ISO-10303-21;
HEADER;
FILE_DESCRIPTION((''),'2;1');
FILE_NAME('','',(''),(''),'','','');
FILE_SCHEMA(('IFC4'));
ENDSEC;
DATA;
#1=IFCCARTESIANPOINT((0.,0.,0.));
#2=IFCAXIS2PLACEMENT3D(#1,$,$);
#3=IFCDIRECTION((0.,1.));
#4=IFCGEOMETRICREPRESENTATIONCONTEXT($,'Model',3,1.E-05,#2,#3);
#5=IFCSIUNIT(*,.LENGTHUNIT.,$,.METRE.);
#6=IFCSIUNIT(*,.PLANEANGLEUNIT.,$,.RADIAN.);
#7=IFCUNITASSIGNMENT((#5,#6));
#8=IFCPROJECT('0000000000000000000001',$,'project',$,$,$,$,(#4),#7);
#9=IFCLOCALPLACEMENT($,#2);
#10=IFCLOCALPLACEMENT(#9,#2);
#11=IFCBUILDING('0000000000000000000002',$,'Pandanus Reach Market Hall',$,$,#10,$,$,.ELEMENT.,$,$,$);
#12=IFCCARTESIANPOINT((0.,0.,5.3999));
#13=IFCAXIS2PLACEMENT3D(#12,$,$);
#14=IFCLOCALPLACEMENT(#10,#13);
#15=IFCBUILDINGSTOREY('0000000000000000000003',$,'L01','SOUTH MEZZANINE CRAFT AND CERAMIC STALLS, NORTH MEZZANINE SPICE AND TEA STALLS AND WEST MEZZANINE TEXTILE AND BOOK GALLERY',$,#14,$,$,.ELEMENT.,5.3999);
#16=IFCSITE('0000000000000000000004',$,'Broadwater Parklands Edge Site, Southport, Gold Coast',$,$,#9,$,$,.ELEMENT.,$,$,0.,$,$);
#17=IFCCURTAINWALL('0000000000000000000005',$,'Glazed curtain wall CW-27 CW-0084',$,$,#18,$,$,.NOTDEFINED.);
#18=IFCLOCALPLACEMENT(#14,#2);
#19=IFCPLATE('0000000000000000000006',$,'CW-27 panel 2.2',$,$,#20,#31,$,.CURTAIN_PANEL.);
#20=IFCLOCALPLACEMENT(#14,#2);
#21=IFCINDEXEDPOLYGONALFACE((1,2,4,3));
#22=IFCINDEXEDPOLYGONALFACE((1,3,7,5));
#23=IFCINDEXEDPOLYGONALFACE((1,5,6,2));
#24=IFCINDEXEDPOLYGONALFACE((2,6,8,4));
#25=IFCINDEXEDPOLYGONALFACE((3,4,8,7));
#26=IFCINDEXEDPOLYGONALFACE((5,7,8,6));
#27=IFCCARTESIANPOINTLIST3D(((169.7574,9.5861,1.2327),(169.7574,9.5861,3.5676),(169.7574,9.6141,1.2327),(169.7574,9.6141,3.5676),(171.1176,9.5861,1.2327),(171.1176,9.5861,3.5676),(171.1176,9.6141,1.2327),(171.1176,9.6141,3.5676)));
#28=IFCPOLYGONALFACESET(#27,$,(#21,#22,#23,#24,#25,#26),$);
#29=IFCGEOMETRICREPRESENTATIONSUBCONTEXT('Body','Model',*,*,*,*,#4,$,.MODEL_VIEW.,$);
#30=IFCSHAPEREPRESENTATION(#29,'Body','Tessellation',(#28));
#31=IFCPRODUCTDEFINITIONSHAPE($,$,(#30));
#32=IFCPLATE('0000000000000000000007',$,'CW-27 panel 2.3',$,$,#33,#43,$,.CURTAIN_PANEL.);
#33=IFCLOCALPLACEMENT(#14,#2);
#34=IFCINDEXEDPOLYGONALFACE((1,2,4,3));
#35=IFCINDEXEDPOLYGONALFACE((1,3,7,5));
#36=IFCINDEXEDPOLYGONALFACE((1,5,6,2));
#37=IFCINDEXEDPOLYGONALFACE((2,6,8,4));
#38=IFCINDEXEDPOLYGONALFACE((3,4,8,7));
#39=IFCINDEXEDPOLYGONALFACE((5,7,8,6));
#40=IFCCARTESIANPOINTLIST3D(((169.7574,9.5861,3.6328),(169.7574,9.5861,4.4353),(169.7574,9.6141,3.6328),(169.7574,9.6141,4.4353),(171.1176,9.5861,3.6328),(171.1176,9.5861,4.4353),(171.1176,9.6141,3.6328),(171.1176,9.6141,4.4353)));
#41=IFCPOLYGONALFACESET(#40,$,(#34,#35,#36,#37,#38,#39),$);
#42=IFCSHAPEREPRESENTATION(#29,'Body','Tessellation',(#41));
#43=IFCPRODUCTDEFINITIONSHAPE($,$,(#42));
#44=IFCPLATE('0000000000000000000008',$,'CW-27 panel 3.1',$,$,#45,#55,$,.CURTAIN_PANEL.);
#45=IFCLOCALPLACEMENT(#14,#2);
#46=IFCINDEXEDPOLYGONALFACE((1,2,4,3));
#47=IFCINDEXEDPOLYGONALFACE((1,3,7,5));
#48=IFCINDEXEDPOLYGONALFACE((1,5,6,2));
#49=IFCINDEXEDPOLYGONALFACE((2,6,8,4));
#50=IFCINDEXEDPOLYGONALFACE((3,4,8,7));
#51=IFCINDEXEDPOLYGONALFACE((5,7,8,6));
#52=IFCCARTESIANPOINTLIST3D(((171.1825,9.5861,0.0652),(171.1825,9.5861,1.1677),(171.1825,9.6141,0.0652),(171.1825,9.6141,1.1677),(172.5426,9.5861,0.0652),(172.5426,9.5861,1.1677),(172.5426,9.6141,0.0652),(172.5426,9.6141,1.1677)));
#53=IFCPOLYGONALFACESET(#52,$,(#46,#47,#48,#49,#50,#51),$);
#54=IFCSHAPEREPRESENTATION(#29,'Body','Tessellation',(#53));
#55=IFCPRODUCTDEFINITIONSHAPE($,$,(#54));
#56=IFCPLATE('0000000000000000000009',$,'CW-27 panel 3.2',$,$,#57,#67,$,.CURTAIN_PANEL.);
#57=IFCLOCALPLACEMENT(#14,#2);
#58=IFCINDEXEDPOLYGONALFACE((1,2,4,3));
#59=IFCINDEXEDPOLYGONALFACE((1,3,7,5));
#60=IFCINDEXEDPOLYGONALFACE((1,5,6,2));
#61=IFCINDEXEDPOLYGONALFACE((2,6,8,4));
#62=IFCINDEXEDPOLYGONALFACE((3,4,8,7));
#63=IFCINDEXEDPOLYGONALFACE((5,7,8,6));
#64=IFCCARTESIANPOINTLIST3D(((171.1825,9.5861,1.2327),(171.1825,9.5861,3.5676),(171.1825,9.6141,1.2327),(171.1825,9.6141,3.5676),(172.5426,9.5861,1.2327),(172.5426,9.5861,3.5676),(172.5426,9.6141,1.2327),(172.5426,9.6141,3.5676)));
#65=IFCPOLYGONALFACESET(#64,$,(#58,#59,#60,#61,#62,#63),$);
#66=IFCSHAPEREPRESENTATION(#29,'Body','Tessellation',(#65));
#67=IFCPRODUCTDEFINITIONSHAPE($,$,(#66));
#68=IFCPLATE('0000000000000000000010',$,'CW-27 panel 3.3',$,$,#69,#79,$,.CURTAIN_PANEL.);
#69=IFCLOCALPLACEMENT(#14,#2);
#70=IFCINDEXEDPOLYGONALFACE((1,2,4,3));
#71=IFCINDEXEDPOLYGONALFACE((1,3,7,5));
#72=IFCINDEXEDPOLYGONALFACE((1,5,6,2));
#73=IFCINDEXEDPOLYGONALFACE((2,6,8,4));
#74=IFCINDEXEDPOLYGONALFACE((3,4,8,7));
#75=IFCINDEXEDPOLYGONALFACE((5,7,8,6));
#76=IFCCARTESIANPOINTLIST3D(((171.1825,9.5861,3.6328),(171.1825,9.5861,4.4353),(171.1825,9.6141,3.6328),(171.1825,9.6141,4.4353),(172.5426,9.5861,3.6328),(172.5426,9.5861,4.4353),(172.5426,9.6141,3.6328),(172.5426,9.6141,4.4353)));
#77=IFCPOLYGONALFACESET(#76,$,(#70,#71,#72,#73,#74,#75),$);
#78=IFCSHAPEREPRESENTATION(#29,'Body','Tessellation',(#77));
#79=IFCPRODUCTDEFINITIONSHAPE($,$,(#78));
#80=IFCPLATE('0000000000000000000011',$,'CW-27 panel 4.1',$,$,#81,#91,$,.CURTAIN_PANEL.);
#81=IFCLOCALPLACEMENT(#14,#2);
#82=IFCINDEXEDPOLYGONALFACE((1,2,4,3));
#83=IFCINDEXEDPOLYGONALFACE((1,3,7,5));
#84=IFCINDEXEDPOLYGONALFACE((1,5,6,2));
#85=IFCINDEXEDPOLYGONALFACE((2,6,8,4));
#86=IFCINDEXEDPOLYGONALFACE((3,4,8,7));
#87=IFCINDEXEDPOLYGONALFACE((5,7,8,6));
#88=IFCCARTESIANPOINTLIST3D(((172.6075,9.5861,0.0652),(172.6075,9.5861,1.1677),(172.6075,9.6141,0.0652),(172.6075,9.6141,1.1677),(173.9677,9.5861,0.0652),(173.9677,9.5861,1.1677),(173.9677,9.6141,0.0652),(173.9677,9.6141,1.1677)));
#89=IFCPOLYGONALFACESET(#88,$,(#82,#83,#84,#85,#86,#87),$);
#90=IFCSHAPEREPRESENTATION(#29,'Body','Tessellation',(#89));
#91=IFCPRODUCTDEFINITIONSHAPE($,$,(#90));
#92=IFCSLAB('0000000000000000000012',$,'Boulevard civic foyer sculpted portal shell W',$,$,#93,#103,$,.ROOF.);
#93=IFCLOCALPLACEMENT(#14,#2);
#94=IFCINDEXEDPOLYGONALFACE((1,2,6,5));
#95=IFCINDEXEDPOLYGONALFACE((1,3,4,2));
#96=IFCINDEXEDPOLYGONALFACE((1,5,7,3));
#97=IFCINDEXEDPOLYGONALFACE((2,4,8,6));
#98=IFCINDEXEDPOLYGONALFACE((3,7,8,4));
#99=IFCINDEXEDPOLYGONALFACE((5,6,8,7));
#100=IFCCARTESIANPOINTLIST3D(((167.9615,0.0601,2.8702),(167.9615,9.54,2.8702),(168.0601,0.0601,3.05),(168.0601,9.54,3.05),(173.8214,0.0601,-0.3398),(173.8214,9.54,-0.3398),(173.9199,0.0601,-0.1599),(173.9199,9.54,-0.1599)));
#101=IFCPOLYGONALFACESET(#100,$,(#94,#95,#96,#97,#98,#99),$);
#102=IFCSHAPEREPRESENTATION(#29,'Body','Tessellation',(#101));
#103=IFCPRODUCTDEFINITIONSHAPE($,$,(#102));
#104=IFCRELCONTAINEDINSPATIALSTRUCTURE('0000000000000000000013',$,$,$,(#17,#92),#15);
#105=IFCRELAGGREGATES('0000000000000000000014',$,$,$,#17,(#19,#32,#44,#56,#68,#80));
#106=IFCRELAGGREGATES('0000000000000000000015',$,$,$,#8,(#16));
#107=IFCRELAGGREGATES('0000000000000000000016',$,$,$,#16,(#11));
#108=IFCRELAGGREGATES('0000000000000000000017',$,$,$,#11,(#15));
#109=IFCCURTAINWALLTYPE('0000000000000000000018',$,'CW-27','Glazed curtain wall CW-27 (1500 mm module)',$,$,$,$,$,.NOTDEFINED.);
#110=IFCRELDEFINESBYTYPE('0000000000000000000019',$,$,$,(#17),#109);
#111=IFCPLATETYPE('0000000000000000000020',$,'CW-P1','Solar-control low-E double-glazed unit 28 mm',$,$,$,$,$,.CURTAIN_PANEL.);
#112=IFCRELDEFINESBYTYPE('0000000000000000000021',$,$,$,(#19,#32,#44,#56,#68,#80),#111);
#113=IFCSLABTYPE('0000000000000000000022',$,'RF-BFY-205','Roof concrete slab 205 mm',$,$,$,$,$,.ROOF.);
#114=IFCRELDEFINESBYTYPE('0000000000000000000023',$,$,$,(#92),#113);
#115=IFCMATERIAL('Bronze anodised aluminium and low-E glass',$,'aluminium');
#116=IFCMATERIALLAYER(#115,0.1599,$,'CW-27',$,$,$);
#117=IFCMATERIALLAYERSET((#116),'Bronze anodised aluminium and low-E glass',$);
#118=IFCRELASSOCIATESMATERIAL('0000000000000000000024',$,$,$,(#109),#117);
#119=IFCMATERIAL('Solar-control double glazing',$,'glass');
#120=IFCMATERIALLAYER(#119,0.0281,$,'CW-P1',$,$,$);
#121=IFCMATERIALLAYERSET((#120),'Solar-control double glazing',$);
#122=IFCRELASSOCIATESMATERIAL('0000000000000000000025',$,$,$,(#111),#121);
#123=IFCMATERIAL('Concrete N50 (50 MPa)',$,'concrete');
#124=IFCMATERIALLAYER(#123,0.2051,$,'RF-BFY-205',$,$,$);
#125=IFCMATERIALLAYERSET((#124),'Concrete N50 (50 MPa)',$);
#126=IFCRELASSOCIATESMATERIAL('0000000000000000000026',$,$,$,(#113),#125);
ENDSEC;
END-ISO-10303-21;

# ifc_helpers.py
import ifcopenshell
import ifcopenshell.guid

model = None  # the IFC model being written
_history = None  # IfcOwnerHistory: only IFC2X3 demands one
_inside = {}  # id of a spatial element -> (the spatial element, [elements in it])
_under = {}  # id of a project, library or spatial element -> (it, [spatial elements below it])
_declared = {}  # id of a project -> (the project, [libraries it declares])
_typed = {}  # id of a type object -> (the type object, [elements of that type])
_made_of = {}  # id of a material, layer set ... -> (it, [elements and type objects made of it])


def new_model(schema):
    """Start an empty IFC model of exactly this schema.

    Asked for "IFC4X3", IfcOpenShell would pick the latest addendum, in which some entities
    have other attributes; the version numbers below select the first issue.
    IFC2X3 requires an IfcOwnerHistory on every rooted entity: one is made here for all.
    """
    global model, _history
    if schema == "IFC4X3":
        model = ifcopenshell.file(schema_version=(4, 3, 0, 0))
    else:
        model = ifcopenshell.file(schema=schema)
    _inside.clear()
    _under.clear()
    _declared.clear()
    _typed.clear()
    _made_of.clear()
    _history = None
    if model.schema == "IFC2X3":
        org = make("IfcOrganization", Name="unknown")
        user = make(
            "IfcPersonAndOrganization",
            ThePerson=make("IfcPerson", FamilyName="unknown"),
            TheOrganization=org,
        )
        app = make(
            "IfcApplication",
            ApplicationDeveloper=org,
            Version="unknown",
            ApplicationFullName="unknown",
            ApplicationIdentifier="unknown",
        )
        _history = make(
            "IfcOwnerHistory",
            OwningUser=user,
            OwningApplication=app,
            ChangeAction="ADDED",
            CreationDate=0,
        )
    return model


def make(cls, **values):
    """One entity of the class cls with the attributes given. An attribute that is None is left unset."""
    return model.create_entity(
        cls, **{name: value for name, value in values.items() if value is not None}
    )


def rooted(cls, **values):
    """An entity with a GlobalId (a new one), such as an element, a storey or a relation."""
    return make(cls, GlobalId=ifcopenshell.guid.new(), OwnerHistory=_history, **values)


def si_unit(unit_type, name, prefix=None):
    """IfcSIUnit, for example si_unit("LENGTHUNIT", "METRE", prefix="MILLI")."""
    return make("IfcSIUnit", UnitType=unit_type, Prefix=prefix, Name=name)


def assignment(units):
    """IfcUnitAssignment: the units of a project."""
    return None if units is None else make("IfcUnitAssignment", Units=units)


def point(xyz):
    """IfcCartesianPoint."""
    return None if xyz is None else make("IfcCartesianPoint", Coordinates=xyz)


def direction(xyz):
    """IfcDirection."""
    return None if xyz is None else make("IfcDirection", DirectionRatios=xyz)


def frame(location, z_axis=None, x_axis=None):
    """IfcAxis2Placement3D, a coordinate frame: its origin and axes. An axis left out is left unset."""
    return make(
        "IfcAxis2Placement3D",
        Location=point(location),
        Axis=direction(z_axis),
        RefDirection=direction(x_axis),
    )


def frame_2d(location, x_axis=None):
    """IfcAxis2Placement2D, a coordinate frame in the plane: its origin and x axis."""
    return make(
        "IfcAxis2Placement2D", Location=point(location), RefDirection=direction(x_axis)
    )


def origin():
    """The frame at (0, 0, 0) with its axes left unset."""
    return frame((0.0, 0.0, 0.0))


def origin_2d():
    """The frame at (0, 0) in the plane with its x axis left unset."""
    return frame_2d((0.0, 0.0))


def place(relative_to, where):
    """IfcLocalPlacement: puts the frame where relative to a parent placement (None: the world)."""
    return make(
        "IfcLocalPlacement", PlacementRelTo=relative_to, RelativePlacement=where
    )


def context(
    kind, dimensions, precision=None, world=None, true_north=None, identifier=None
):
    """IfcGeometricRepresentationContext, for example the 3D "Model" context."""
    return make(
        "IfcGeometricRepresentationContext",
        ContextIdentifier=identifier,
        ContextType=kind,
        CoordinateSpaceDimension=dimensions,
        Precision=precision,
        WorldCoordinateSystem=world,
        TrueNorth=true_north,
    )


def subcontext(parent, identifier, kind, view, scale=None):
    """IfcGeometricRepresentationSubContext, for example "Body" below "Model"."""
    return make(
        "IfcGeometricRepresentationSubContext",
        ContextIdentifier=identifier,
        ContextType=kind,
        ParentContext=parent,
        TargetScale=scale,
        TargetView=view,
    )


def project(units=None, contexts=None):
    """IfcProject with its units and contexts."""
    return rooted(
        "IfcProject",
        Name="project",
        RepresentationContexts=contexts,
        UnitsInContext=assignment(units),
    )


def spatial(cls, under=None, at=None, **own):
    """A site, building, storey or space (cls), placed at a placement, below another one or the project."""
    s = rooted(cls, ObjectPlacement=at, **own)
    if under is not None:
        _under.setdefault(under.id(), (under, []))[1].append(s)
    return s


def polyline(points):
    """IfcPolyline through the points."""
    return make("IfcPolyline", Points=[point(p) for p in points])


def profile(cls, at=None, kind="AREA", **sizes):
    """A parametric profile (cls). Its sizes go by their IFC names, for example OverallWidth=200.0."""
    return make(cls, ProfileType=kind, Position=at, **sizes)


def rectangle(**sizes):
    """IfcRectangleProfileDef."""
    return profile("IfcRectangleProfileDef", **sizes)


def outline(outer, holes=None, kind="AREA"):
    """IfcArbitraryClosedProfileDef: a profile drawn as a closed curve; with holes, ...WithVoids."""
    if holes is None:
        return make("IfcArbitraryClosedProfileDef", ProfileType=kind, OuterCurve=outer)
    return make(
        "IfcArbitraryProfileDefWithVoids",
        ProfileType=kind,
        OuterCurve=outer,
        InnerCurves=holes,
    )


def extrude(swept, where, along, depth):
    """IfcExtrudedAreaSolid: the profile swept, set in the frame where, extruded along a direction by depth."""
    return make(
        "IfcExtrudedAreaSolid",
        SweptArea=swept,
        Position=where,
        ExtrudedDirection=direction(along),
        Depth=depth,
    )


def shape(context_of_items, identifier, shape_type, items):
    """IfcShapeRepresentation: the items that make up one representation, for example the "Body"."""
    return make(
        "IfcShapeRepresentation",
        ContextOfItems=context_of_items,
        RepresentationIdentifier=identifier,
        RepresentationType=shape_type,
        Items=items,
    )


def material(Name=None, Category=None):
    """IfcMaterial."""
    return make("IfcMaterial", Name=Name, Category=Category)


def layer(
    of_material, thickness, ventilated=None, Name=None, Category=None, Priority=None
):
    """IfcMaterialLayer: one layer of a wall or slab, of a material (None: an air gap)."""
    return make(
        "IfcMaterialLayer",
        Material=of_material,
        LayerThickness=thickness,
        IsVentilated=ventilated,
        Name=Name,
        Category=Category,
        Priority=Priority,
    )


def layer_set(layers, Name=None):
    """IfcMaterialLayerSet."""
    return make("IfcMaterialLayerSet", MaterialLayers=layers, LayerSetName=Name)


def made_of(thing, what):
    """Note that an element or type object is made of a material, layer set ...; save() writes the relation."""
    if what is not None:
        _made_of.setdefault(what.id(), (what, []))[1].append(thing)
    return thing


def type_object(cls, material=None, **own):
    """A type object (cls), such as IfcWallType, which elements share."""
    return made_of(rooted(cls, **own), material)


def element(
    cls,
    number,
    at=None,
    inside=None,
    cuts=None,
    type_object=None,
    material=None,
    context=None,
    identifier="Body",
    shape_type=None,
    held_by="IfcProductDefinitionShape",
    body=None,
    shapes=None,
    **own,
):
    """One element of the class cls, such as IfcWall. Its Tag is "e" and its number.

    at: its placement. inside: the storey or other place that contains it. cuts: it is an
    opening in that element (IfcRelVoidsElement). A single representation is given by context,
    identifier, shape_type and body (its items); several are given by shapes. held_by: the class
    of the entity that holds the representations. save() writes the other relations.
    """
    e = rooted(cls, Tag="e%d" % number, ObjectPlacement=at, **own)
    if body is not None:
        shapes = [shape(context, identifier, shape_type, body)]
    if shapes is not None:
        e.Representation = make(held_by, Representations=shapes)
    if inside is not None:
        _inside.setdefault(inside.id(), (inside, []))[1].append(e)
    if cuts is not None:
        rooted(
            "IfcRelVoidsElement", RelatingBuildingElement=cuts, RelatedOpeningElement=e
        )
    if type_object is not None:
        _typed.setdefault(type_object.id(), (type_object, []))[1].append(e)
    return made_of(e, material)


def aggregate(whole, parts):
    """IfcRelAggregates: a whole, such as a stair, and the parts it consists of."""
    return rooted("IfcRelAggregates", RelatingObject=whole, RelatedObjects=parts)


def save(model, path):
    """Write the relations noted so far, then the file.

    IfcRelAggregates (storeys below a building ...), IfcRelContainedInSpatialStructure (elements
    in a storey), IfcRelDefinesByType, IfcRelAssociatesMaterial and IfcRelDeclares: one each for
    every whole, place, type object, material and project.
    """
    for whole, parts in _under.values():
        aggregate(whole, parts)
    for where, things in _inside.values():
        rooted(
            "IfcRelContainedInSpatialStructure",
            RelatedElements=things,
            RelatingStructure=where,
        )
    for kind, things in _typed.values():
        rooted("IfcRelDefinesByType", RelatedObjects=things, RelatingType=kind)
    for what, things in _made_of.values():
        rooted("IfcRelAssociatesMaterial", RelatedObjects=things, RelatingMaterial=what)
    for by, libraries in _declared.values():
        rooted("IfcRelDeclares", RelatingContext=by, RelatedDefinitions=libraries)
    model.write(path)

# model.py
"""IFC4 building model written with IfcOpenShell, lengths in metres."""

from ifc_helpers import new_model, si_unit, direction, frame, origin, origin_2d, place, context, subcontext, project, spatial, polyline, rectangle, outline, extrude, material, layer, layer_set, type_object, element, aggregate, save


model = new_model("IFC4")

# Units and contexts
model_context = context("Model", 3, precision=1e-05, world=origin(), true_north=direction((0.0, 1.0)))
body_context = subcontext(model_context, "Body", "Model", "MODEL_VIEW")
ifc_project = project(units=[si_unit("LENGTHUNIT", "METRE"), si_unit("PLANEANGLEUNIT", "RADIAN")], contexts=[model_context])

# Site, building, storey
site_placement = place(None, origin())
site = spatial("IfcSite", under=ifc_project, at=site_placement, Name="Broadwater Parklands Edge Site, Southport, Gold Coast", CompositionType="ELEMENT", RefElevation=0.0)
building_placement = place(site_placement, origin())
building = spatial("IfcBuilding", under=site, at=building_placement, Name="Pandanus Reach Market Hall", CompositionType="ELEMENT")
storey_placement = place(building_placement, frame((0.0, 0.0, 5.3999)))
storey = spatial("IfcBuildingStorey", under=building, at=storey_placement, Name="L01", Description="SOUTH MEZZANINE CRAFT AND CERAMIC STALLS, NORTH MEZZANINE SPICE AND TEA STALLS AND WEST MEZZANINE TEXTILE AND BOOK GALLERY", CompositionType="ELEMENT", Elevation=5.3999)

# Shared definitions
ifc_material_1 = material(Name="Bronze anodised aluminium and low-E glass", Category="aluminium")
ifc_layer_1 = layer(ifc_material_1, 0.1599, Name="CW-27")
ifc_layer_set_1 = layer_set([ifc_layer_1], Name="Bronze anodised aluminium and low-E glass")
curtain_wall_type = type_object("IfcCurtainWallType", Name="CW-27", Description="Glazed curtain wall CW-27 (1500 mm module)", PredefinedType="NOTDEFINED", material=ifc_layer_set_1)

# Curtain wall
curtain_wall_1_placement = place(storey_placement, origin())
curtain_wall_1 = element("IfcCurtainWall", 1, at=curtain_wall_1_placement, inside=storey, type_object=curtain_wall_type, Name="Glazed curtain wall CW-27 CW-0084", PredefinedType="NOTDEFINED")

# Plates
ifc_material_2 = material(Name="Solar-control double glazing", Category="glass")
ifc_layer_2 = layer(ifc_material_2, 0.0281, Name="CW-P1")
ifc_layer_set_2 = layer_set([ifc_layer_2], Name="Solar-control double glazing")
plate_type = type_object("IfcPlateType", Name="CW-P1", Description="Solar-control low-E double-glazed unit 28 mm", PredefinedType="CURTAIN_PANEL", material=ifc_layer_set_2)
plate_1_placement = place(storey_placement, frame((170.4375, 9.6001, 1.2327), z_axis=(0.0, 0.0, 1.0), x_axis=(1.0, 0.0, 0.0)))
plate_1 = element("IfcPlate", 2, at=plate_1_placement, type_object=plate_type, Name="CW-27 panel 2.2", PredefinedType="CURTAIN_PANEL", context=body_context, shape_type="SweptSolid", body=[
    extrude(rectangle(XDim=1.3601, YDim=0.0281, at=origin_2d()), origin(), (0.0, 0.0, 1.0), 2.335),
])
plate_2_placement = place(storey_placement, frame((170.4375, 9.6001, 3.6328), z_axis=(0.0, 0.0, 1.0), x_axis=(1.0, 0.0, 0.0)))
plate_2 = element("IfcPlate", 3, at=plate_2_placement, type_object=plate_type, Name="CW-27 panel 2.3", PredefinedType="CURTAIN_PANEL", context=body_context, shape_type="SweptSolid", body=[
    extrude(rectangle(XDim=1.3601, YDim=0.0281, at=origin_2d()), origin(), (0.0, 0.0, 1.0), 0.8025),
])
plate_3_placement = place(storey_placement, frame((171.8625, 9.6001, 0.0652), z_axis=(0.0, 0.0, 1.0), x_axis=(1.0, 0.0, 0.0)))
plate_3 = element("IfcPlate", 4, at=plate_3_placement, type_object=plate_type, Name="CW-27 panel 3.1", PredefinedType="CURTAIN_PANEL", context=body_context, shape_type="SweptSolid", body=[
    extrude(rectangle(XDim=1.3601, YDim=0.0281, at=origin_2d()), origin(), (0.0, 0.0, 1.0), 1.1025),
])
plate_4_placement = place(storey_placement, frame((171.8625, 9.6001, 1.2327), z_axis=(0.0, 0.0, 1.0), x_axis=(1.0, 0.0, 0.0)))
plate_4 = element("IfcPlate", 5, at=plate_4_placement, type_object=plate_type, Name="CW-27 panel 3.2", PredefinedType="CURTAIN_PANEL", context=body_context, shape_type="SweptSolid", body=[
    extrude(rectangle(XDim=1.3601, YDim=0.0281, at=origin_2d()), origin(), (0.0, 0.0, 1.0), 2.335),
])
plate_5_placement = place(storey_placement, frame((171.8625, 9.6001, 3.6328), z_axis=(0.0, 0.0, 1.0), x_axis=(1.0, 0.0, 0.0)))
plate_5 = element("IfcPlate", 6, at=plate_5_placement, type_object=plate_type, Name="CW-27 panel 3.3", PredefinedType="CURTAIN_PANEL", context=body_context, shape_type="SweptSolid", body=[
    extrude(rectangle(XDim=1.3601, YDim=0.0281, at=origin_2d()), origin(), (0.0, 0.0, 1.0), 0.8025),
])
plate_6_placement = place(storey_placement, frame((173.2876, 9.6001, 0.0652), z_axis=(0.0, 0.0, 1.0), x_axis=(1.0, 0.0, 0.0)))
plate_6 = element("IfcPlate", 7, at=plate_6_placement, type_object=plate_type, Name="CW-27 panel 4.1", PredefinedType="CURTAIN_PANEL", context=body_context, shape_type="SweptSolid", body=[
    extrude(rectangle(XDim=1.3601, YDim=0.0281, at=origin_2d()), origin(), (0.0, 0.0, 1.0), 1.1025),
])
aggregate(curtain_wall_1, [plate_1, plate_2, plate_3, plate_4, plate_5, plate_6])

# Slab
ifc_material_3 = material(Name="Concrete N50 (50 MPa)", Category="concrete")
ifc_layer_3 = layer(ifc_material_3, 0.2051, Name="RF-BFY-205")
ifc_layer_set_3 = layer_set([ifc_layer_3], Name="Concrete N50 (50 MPa)")
slab_type = type_object("IfcSlabType", Name="RF-BFY-205", Description="Roof concrete slab 205 mm", PredefinedType="ROOF", material=ifc_layer_set_3)
slab_placement = place(storey_placement, frame((168.0601, 0.0601, 3.05), z_axis=(0.480428, 0.0, 0.877034), x_axis=(0.877034, 0.0, -0.480428)))
element("IfcSlab", 8, at=slab_placement, inside=storey, type_object=slab_type, Name="Boulevard civic foyer sculpted portal shell W", PredefinedType="ROOF", context=body_context, shape_type="SweptSolid", body=[
    extrude(outline(polyline([(0.0, 0.0), (6.6815, 0.0), (6.6815, 9.48), (0.0, 9.48), (0.0, 0.0)])), origin(), (0.0, 0.0, -1.0), 0.2051),
])

save(model, "model.ifc")
